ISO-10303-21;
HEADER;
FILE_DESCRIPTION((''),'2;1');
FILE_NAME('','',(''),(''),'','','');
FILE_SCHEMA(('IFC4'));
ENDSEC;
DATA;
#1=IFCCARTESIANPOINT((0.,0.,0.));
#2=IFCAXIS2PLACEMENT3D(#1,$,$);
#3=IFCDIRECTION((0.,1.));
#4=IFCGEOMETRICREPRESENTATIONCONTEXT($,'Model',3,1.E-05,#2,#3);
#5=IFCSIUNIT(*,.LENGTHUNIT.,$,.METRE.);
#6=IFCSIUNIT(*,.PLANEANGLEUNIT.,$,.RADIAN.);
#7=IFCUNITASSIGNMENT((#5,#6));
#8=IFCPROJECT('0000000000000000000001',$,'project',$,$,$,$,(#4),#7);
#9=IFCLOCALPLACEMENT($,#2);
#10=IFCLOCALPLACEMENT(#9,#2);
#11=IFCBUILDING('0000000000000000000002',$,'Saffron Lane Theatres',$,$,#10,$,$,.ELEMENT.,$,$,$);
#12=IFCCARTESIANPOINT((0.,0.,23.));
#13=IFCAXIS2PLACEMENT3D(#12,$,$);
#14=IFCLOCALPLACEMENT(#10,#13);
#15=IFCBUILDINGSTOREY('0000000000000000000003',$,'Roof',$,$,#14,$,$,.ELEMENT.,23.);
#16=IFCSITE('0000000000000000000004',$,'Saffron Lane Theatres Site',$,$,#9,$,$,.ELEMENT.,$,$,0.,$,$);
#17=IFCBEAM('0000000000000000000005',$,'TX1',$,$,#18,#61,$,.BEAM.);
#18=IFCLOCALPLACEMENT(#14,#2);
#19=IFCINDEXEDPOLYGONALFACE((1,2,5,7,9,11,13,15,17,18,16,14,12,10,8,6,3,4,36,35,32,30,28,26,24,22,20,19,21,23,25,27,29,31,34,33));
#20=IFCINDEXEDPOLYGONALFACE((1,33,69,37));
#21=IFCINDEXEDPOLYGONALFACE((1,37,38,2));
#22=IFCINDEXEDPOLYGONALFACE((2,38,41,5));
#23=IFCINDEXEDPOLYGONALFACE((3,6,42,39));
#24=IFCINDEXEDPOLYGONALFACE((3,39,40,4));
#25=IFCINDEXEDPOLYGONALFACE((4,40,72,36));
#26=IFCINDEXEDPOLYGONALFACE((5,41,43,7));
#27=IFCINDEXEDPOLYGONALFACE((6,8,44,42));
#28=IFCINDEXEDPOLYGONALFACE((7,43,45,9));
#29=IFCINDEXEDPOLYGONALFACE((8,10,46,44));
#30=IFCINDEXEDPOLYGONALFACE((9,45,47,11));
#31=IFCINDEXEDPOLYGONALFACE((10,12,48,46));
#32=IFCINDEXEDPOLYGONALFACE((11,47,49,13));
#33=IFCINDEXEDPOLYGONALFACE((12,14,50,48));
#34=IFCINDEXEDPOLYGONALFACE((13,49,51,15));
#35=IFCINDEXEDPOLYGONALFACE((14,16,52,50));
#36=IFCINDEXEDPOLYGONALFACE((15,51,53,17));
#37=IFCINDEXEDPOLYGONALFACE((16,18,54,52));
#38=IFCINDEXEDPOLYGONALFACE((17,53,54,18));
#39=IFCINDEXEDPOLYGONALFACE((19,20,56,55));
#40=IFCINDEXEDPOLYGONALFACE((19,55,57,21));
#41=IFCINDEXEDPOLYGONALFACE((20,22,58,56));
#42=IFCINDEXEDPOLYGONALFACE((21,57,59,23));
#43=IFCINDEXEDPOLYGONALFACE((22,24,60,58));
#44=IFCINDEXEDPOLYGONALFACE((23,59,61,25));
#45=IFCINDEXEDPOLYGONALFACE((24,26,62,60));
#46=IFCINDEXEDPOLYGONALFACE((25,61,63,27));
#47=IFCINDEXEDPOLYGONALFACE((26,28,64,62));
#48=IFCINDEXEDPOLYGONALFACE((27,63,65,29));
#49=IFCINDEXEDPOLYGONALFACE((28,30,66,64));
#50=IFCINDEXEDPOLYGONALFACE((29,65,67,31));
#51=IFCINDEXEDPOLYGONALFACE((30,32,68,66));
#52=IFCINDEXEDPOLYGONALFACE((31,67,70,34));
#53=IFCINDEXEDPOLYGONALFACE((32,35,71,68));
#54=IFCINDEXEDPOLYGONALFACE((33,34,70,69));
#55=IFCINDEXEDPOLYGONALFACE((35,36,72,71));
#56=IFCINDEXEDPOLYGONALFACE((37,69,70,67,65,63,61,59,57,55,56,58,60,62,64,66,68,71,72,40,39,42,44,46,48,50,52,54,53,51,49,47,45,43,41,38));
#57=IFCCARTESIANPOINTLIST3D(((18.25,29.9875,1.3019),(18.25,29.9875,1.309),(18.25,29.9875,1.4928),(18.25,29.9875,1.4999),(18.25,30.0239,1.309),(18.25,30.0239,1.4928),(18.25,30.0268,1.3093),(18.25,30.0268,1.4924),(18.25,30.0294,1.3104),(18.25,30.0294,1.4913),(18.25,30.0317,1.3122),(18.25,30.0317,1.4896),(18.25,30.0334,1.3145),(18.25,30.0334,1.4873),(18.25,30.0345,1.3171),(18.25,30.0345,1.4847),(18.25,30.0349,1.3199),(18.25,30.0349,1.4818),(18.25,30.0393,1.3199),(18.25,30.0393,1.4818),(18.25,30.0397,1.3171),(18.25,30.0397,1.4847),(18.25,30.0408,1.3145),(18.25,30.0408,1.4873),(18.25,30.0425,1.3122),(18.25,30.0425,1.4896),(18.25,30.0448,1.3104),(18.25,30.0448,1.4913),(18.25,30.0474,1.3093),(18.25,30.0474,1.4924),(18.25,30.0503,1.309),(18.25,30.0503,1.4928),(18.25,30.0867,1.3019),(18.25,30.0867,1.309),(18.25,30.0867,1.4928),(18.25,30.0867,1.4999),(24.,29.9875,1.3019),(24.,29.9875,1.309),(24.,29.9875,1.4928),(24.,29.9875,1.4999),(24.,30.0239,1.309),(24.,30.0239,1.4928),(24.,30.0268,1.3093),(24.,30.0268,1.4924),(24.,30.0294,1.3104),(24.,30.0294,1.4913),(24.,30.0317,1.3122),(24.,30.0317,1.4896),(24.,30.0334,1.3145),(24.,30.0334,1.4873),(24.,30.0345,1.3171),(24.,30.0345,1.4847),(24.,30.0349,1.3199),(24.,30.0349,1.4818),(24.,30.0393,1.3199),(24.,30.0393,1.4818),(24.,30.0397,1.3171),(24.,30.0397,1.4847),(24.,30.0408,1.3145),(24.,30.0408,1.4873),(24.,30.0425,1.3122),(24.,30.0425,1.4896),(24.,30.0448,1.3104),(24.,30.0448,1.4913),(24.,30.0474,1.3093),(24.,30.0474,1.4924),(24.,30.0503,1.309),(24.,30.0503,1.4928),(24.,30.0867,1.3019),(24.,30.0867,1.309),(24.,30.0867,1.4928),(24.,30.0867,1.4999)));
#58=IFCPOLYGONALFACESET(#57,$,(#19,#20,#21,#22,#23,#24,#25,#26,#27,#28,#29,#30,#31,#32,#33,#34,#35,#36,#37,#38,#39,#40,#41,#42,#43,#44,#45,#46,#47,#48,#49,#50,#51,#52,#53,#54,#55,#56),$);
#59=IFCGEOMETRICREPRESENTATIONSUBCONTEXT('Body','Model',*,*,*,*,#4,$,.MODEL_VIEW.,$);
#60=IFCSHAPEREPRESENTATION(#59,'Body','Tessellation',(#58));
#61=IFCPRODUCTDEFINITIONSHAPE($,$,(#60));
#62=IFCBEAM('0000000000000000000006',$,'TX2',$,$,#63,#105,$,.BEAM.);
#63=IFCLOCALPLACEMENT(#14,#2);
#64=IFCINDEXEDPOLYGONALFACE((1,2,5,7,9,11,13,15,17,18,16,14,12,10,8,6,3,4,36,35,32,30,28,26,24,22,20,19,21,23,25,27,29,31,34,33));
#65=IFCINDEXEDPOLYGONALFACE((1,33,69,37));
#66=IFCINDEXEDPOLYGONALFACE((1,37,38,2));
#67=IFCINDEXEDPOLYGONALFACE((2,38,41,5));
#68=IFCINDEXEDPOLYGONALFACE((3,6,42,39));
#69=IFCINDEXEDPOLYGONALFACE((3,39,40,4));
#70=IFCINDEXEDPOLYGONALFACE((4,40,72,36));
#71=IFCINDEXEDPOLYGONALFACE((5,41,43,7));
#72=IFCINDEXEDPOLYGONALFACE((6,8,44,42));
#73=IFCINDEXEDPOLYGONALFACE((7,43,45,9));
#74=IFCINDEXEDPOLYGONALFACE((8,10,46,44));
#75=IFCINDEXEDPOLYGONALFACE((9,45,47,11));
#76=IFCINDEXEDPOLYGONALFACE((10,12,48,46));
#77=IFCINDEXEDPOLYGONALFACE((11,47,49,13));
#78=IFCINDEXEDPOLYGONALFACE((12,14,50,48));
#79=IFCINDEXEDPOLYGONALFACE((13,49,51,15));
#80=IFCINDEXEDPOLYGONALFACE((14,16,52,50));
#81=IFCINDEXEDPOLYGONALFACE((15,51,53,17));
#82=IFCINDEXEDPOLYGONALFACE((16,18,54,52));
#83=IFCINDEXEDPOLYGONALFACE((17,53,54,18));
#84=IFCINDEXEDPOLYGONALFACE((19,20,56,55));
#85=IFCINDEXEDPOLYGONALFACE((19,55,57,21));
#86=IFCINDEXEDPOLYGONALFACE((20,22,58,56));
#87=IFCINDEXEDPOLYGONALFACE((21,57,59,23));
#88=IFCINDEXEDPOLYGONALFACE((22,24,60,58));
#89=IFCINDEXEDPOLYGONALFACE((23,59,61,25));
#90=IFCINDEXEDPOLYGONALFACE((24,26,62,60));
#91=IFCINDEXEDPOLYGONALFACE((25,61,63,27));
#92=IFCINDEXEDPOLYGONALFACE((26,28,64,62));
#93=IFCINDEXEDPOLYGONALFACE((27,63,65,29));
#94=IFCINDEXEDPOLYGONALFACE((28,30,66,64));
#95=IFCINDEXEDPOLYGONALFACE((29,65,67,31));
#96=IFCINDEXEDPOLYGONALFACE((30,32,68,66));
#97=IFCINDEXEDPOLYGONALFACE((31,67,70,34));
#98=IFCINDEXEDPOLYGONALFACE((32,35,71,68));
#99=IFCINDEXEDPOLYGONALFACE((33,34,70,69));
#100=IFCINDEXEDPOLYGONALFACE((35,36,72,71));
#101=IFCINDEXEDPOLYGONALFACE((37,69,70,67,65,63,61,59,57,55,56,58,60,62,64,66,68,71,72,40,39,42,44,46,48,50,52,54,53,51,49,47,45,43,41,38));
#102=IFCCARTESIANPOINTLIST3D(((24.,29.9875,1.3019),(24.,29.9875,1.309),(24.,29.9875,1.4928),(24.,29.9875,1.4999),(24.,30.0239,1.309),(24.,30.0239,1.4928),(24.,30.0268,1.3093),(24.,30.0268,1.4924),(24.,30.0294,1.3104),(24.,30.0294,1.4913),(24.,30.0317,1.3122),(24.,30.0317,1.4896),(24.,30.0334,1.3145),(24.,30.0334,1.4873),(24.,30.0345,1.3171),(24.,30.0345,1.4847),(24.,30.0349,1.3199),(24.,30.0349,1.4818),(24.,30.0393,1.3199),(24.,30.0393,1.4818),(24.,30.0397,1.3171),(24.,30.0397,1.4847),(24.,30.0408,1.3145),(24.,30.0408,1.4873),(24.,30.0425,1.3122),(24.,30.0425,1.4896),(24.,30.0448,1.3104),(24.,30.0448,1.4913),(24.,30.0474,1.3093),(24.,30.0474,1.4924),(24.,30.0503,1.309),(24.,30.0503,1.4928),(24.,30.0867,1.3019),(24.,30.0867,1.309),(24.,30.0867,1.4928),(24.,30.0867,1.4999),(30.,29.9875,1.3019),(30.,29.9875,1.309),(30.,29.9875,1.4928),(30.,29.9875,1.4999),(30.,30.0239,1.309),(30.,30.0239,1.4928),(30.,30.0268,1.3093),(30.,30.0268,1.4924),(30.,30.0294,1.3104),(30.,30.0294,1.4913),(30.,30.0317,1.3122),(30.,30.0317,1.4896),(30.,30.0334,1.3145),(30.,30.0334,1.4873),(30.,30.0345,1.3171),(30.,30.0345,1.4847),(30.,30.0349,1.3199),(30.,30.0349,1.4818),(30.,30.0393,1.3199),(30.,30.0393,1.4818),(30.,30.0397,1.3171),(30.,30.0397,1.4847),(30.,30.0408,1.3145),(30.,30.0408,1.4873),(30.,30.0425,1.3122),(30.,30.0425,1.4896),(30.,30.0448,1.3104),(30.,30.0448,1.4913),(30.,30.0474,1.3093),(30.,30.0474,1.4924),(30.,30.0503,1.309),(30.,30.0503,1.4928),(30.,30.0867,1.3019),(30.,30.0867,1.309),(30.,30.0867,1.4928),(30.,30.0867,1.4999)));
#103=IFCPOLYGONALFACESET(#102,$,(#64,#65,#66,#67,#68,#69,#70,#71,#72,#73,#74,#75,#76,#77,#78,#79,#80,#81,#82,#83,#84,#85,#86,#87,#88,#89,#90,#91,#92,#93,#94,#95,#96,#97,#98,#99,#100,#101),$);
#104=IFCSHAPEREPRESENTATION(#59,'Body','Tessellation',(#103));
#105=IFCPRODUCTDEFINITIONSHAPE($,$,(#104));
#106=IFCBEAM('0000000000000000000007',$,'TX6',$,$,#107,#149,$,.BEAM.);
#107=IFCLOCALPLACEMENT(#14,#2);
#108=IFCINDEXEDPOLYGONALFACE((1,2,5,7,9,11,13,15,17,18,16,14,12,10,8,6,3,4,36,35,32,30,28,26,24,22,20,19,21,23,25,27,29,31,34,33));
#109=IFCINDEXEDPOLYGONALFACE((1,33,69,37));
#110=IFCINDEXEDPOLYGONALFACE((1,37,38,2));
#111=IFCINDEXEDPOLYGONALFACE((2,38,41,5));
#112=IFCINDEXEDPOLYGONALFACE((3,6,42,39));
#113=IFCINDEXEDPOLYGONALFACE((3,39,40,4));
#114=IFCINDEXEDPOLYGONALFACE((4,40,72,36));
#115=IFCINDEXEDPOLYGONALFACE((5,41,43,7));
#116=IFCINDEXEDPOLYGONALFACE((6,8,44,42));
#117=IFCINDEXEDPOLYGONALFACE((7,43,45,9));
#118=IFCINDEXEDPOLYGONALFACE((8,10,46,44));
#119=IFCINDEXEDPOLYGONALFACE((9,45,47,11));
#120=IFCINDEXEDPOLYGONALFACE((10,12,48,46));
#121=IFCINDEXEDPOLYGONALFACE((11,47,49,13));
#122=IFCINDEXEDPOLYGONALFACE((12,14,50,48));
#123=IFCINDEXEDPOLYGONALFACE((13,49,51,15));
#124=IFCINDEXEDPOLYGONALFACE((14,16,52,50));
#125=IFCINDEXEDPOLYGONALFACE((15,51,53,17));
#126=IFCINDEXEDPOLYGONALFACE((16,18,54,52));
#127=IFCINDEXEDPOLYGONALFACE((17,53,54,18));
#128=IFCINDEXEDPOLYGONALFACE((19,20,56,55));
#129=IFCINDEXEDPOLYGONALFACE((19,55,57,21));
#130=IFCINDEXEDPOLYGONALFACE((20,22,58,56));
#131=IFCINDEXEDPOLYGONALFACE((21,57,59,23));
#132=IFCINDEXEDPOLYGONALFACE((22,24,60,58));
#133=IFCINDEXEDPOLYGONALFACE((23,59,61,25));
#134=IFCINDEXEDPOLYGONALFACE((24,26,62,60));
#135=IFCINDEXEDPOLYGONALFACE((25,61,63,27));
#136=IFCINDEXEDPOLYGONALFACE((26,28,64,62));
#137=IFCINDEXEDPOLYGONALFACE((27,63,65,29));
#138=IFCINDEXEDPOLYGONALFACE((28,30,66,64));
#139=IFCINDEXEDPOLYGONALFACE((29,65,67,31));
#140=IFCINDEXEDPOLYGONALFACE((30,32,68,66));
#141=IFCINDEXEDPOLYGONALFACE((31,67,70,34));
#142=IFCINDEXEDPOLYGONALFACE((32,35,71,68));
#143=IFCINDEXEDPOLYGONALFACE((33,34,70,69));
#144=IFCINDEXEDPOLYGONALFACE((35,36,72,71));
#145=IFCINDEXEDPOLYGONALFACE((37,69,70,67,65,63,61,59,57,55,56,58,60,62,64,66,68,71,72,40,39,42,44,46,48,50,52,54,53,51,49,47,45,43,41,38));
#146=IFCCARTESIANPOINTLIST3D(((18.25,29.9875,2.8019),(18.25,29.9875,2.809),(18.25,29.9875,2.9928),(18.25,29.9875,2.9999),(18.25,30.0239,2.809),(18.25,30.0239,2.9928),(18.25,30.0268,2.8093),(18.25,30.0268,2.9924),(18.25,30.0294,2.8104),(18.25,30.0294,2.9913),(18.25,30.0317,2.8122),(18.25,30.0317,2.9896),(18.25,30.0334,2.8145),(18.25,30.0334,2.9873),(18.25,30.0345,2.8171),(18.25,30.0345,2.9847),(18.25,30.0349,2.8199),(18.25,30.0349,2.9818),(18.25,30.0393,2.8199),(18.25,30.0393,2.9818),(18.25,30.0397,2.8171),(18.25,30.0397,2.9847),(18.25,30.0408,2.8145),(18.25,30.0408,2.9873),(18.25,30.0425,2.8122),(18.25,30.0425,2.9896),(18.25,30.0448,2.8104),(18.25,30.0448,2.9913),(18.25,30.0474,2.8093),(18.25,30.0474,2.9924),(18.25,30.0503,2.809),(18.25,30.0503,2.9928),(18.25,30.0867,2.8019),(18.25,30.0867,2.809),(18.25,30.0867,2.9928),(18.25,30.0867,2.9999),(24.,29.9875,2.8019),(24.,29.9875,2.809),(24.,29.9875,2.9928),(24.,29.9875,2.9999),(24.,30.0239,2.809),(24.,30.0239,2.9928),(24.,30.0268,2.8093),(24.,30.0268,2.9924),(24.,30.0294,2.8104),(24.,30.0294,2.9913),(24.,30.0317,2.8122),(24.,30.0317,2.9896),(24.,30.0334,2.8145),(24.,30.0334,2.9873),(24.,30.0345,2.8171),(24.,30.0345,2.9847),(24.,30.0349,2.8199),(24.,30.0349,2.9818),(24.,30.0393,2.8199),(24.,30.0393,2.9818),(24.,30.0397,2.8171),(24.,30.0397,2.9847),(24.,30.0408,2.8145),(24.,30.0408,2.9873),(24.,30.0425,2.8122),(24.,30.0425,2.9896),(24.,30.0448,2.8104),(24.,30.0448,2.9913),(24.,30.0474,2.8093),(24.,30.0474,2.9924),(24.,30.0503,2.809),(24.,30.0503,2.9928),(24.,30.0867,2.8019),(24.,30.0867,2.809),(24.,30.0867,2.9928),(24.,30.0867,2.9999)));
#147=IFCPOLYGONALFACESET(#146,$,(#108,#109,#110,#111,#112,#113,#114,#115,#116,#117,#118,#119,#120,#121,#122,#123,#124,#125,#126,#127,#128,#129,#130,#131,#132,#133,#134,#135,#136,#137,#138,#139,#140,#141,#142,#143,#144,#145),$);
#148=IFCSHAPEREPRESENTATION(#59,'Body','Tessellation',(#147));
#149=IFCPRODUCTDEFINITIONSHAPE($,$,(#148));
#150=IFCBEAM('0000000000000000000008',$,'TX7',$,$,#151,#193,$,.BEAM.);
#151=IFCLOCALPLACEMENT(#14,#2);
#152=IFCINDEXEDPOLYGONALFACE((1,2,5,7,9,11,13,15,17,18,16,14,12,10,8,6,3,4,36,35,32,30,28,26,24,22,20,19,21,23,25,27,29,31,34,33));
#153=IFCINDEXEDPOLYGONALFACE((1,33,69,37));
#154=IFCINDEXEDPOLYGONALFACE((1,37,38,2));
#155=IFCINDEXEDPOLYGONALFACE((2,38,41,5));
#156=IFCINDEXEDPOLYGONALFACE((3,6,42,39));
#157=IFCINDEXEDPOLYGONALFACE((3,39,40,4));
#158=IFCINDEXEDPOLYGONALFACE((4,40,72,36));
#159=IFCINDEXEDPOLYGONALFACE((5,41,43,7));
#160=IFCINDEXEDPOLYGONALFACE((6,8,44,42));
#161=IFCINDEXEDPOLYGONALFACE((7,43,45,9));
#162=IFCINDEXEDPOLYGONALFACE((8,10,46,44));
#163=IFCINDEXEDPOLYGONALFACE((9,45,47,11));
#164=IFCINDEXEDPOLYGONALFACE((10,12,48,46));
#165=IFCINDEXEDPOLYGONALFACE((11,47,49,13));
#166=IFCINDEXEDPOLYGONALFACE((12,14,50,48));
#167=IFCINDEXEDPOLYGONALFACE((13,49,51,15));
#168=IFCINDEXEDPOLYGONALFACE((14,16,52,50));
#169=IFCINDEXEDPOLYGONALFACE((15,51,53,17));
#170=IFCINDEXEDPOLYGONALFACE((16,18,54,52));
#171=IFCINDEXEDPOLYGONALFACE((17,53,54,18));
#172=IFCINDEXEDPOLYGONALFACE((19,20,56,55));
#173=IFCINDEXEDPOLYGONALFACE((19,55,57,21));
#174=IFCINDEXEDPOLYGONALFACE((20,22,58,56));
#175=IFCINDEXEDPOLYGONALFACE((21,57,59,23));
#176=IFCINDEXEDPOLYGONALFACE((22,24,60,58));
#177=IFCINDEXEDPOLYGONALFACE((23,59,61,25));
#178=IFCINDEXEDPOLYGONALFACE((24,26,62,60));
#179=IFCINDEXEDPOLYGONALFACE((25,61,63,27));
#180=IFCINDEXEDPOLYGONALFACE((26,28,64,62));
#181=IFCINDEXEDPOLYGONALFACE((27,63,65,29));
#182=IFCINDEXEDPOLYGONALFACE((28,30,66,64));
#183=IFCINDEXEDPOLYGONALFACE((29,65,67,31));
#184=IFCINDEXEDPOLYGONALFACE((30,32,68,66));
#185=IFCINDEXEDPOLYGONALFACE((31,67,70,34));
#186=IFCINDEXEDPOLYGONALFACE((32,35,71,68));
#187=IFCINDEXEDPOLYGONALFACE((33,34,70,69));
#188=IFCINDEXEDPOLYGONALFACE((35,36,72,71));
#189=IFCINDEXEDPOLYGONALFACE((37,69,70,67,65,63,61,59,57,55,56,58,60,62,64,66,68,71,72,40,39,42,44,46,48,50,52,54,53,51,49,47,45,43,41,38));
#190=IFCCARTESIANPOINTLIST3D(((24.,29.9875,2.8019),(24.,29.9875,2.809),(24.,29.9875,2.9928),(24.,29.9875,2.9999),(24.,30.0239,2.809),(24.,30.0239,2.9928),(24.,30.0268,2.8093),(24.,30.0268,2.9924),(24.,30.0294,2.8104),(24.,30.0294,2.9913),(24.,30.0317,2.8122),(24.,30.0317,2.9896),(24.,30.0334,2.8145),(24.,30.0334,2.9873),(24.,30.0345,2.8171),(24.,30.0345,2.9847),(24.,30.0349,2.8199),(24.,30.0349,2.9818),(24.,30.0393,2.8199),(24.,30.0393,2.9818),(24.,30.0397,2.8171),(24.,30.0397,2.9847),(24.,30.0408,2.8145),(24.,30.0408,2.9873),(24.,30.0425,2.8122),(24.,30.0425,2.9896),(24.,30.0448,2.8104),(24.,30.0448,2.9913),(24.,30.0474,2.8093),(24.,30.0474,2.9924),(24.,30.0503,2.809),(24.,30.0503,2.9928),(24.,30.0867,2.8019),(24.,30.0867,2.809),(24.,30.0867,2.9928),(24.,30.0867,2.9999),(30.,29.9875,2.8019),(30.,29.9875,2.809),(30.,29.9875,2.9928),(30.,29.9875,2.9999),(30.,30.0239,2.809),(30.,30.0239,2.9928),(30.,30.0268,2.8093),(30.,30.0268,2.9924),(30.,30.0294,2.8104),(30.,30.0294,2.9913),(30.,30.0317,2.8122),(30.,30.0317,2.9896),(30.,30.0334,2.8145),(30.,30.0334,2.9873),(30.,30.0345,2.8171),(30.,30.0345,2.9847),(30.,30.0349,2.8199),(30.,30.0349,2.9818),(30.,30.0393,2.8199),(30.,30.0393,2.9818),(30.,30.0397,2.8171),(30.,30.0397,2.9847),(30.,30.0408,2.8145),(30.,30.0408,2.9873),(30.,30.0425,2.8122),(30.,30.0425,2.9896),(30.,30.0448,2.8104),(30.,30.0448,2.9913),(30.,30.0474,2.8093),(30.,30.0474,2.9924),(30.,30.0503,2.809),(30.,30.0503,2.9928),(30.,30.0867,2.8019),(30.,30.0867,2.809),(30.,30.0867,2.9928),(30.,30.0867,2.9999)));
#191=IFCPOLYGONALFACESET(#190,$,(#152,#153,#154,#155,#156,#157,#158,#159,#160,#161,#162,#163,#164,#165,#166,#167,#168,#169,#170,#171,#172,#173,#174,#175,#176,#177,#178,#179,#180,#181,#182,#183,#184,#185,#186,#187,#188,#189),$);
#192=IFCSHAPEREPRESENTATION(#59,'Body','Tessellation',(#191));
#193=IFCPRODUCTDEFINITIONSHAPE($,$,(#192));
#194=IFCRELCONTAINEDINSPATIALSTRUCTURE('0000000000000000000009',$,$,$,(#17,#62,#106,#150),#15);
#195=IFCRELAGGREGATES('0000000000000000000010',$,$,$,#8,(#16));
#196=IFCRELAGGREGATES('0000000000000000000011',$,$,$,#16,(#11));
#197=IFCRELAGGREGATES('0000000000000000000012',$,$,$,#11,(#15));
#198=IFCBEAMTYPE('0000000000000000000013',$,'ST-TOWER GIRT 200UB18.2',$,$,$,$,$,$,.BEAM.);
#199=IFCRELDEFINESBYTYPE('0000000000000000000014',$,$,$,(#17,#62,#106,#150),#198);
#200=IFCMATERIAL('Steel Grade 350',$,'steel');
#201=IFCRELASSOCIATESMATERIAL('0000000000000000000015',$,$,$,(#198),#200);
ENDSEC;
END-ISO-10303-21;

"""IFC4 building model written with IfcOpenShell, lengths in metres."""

from ifc_helpers import new_model, si_unit, direction, frame, origin, origin_2d, place, context, subcontext, project, spatial, i_section, extrude, material, material_profile, profile_set, type_object, element, save


model = new_model("IFC4")

# Units and contexts
model_context = context("Model", 3, precision=1e-05, world=origin(), true_north=direction((0.0, 1.0)))
body_context = subcontext(model_context, "Body", "Model", "MODEL_VIEW")
ifc_project = project(units=[si_unit("LENGTHUNIT", "METRE"), si_unit("PLANEANGLEUNIT", "RADIAN")], contexts=[model_context])

# Site, building, storey
site_placement = place(None, origin())
site = spatial("IfcSite", under=ifc_project, at=site_placement, Name="Saffron Lane Theatres Site", CompositionType="ELEMENT", RefElevation=0.0)
building_placement = place(site_placement, origin())
building = spatial("IfcBuilding", under=site, at=building_placement, Name="Saffron Lane Theatres", CompositionType="ELEMENT")
storey_placement = place(building_placement, frame((0.0, 0.0, 23.0)))
storey = spatial("IfcBuildingStorey", under=building, at=storey_placement, Name="Roof", CompositionType="ELEMENT", Elevation=23.0)

# Beams
ifc_material_1 = material(Name="Steel Grade 350", Category="steel")
ifc_material_profile_1 = material_profile(ifc_material_1, i_section(OverallWidth=0.0991, OverallDepth=0.198, WebThickness=0.0044, FlangeThickness=0.0071, FilletRadius=0.011, at=origin_2d()))
ifc_profile_set_1 = profile_set([ifc_material_profile_1], Name="Steel Grade 350")
beam_type = type_object("IfcBeamType", Name="ST-TOWER GIRT 200UB18.2", PredefinedType="BEAM", material=ifc_profile_set_1)
beam_1_placement = place(storey_placement, frame((18.25, 30.0371, 1.4009), z_axis=(1.0, 0.0, 0.0), x_axis=(0.0, 1.0, 0.0)))
element("IfcBeam", 1, at=beam_1_placement, inside=storey, type_object=beam_type, Name="TX1", PredefinedType="BEAM", context=body_context, shape_type="SweptSolid", body=[
    extrude(i_section(OverallWidth=0.0991, OverallDepth=0.198, WebThickness=0.0044, FlangeThickness=0.0071, FilletRadius=0.011, at=origin_2d()), origin(), (0.0, 0.0, 1.0), 5.75),
])
beam_2_placement = place(storey_placement, frame((24.0, 30.0371, 1.4009), z_axis=(1.0, 0.0, 0.0), x_axis=(0.0, 1.0, 0.0)))
element("IfcBeam", 2, at=beam_2_placement, inside=storey, type_object=beam_type, Name="TX2", PredefinedType="BEAM", context=body_context, shape_type="SweptSolid", body=[
    extrude(i_section(OverallWidth=0.0991, OverallDepth=0.198, WebThickness=0.0044, FlangeThickness=0.0071, FilletRadius=0.011, at=origin_2d()), origin(), (0.0, 0.0, 1.0), 6.0),
])
beam_3_placement = place(storey_placement, frame((18.25, 30.0371, 2.9009), z_axis=(1.0, 0.0, 0.0), x_axis=(0.0, 1.0, 0.0)))
element("IfcBeam", 3, at=beam_3_placement, inside=storey, type_object=beam_type, Name="TX6", PredefinedType="BEAM", context=body_context, shape_type="SweptSolid", body=[
    extrude(i_section(OverallWidth=0.0991, OverallDepth=0.198, WebThickness=0.0044, FlangeThickness=0.0071, FilletRadius=0.011, at=origin_2d()), origin(), (0.0, 0.0, 1.0), 5.75),
])
beam_4_placement = place(storey_placement, frame((24.0, 30.0371, 2.9009), z_axis=(1.0, 0.0, 0.0), x_axis=(0.0, 1.0, 0.0)))
element("IfcBeam", 4, at=beam_4_placement, inside=storey, type_object=beam_type, Name="TX7", PredefinedType="BEAM", context=body_context, shape_type="SweptSolid", body=[
    extrude(i_section(OverallWidth=0.0991, OverallDepth=0.198, WebThickness=0.0044, FlangeThickness=0.0071, FilletRadius=0.011, at=origin_2d()), origin(), (0.0, 0.0, 1.0), 6.0),
])

save(model, "model.ifc")
